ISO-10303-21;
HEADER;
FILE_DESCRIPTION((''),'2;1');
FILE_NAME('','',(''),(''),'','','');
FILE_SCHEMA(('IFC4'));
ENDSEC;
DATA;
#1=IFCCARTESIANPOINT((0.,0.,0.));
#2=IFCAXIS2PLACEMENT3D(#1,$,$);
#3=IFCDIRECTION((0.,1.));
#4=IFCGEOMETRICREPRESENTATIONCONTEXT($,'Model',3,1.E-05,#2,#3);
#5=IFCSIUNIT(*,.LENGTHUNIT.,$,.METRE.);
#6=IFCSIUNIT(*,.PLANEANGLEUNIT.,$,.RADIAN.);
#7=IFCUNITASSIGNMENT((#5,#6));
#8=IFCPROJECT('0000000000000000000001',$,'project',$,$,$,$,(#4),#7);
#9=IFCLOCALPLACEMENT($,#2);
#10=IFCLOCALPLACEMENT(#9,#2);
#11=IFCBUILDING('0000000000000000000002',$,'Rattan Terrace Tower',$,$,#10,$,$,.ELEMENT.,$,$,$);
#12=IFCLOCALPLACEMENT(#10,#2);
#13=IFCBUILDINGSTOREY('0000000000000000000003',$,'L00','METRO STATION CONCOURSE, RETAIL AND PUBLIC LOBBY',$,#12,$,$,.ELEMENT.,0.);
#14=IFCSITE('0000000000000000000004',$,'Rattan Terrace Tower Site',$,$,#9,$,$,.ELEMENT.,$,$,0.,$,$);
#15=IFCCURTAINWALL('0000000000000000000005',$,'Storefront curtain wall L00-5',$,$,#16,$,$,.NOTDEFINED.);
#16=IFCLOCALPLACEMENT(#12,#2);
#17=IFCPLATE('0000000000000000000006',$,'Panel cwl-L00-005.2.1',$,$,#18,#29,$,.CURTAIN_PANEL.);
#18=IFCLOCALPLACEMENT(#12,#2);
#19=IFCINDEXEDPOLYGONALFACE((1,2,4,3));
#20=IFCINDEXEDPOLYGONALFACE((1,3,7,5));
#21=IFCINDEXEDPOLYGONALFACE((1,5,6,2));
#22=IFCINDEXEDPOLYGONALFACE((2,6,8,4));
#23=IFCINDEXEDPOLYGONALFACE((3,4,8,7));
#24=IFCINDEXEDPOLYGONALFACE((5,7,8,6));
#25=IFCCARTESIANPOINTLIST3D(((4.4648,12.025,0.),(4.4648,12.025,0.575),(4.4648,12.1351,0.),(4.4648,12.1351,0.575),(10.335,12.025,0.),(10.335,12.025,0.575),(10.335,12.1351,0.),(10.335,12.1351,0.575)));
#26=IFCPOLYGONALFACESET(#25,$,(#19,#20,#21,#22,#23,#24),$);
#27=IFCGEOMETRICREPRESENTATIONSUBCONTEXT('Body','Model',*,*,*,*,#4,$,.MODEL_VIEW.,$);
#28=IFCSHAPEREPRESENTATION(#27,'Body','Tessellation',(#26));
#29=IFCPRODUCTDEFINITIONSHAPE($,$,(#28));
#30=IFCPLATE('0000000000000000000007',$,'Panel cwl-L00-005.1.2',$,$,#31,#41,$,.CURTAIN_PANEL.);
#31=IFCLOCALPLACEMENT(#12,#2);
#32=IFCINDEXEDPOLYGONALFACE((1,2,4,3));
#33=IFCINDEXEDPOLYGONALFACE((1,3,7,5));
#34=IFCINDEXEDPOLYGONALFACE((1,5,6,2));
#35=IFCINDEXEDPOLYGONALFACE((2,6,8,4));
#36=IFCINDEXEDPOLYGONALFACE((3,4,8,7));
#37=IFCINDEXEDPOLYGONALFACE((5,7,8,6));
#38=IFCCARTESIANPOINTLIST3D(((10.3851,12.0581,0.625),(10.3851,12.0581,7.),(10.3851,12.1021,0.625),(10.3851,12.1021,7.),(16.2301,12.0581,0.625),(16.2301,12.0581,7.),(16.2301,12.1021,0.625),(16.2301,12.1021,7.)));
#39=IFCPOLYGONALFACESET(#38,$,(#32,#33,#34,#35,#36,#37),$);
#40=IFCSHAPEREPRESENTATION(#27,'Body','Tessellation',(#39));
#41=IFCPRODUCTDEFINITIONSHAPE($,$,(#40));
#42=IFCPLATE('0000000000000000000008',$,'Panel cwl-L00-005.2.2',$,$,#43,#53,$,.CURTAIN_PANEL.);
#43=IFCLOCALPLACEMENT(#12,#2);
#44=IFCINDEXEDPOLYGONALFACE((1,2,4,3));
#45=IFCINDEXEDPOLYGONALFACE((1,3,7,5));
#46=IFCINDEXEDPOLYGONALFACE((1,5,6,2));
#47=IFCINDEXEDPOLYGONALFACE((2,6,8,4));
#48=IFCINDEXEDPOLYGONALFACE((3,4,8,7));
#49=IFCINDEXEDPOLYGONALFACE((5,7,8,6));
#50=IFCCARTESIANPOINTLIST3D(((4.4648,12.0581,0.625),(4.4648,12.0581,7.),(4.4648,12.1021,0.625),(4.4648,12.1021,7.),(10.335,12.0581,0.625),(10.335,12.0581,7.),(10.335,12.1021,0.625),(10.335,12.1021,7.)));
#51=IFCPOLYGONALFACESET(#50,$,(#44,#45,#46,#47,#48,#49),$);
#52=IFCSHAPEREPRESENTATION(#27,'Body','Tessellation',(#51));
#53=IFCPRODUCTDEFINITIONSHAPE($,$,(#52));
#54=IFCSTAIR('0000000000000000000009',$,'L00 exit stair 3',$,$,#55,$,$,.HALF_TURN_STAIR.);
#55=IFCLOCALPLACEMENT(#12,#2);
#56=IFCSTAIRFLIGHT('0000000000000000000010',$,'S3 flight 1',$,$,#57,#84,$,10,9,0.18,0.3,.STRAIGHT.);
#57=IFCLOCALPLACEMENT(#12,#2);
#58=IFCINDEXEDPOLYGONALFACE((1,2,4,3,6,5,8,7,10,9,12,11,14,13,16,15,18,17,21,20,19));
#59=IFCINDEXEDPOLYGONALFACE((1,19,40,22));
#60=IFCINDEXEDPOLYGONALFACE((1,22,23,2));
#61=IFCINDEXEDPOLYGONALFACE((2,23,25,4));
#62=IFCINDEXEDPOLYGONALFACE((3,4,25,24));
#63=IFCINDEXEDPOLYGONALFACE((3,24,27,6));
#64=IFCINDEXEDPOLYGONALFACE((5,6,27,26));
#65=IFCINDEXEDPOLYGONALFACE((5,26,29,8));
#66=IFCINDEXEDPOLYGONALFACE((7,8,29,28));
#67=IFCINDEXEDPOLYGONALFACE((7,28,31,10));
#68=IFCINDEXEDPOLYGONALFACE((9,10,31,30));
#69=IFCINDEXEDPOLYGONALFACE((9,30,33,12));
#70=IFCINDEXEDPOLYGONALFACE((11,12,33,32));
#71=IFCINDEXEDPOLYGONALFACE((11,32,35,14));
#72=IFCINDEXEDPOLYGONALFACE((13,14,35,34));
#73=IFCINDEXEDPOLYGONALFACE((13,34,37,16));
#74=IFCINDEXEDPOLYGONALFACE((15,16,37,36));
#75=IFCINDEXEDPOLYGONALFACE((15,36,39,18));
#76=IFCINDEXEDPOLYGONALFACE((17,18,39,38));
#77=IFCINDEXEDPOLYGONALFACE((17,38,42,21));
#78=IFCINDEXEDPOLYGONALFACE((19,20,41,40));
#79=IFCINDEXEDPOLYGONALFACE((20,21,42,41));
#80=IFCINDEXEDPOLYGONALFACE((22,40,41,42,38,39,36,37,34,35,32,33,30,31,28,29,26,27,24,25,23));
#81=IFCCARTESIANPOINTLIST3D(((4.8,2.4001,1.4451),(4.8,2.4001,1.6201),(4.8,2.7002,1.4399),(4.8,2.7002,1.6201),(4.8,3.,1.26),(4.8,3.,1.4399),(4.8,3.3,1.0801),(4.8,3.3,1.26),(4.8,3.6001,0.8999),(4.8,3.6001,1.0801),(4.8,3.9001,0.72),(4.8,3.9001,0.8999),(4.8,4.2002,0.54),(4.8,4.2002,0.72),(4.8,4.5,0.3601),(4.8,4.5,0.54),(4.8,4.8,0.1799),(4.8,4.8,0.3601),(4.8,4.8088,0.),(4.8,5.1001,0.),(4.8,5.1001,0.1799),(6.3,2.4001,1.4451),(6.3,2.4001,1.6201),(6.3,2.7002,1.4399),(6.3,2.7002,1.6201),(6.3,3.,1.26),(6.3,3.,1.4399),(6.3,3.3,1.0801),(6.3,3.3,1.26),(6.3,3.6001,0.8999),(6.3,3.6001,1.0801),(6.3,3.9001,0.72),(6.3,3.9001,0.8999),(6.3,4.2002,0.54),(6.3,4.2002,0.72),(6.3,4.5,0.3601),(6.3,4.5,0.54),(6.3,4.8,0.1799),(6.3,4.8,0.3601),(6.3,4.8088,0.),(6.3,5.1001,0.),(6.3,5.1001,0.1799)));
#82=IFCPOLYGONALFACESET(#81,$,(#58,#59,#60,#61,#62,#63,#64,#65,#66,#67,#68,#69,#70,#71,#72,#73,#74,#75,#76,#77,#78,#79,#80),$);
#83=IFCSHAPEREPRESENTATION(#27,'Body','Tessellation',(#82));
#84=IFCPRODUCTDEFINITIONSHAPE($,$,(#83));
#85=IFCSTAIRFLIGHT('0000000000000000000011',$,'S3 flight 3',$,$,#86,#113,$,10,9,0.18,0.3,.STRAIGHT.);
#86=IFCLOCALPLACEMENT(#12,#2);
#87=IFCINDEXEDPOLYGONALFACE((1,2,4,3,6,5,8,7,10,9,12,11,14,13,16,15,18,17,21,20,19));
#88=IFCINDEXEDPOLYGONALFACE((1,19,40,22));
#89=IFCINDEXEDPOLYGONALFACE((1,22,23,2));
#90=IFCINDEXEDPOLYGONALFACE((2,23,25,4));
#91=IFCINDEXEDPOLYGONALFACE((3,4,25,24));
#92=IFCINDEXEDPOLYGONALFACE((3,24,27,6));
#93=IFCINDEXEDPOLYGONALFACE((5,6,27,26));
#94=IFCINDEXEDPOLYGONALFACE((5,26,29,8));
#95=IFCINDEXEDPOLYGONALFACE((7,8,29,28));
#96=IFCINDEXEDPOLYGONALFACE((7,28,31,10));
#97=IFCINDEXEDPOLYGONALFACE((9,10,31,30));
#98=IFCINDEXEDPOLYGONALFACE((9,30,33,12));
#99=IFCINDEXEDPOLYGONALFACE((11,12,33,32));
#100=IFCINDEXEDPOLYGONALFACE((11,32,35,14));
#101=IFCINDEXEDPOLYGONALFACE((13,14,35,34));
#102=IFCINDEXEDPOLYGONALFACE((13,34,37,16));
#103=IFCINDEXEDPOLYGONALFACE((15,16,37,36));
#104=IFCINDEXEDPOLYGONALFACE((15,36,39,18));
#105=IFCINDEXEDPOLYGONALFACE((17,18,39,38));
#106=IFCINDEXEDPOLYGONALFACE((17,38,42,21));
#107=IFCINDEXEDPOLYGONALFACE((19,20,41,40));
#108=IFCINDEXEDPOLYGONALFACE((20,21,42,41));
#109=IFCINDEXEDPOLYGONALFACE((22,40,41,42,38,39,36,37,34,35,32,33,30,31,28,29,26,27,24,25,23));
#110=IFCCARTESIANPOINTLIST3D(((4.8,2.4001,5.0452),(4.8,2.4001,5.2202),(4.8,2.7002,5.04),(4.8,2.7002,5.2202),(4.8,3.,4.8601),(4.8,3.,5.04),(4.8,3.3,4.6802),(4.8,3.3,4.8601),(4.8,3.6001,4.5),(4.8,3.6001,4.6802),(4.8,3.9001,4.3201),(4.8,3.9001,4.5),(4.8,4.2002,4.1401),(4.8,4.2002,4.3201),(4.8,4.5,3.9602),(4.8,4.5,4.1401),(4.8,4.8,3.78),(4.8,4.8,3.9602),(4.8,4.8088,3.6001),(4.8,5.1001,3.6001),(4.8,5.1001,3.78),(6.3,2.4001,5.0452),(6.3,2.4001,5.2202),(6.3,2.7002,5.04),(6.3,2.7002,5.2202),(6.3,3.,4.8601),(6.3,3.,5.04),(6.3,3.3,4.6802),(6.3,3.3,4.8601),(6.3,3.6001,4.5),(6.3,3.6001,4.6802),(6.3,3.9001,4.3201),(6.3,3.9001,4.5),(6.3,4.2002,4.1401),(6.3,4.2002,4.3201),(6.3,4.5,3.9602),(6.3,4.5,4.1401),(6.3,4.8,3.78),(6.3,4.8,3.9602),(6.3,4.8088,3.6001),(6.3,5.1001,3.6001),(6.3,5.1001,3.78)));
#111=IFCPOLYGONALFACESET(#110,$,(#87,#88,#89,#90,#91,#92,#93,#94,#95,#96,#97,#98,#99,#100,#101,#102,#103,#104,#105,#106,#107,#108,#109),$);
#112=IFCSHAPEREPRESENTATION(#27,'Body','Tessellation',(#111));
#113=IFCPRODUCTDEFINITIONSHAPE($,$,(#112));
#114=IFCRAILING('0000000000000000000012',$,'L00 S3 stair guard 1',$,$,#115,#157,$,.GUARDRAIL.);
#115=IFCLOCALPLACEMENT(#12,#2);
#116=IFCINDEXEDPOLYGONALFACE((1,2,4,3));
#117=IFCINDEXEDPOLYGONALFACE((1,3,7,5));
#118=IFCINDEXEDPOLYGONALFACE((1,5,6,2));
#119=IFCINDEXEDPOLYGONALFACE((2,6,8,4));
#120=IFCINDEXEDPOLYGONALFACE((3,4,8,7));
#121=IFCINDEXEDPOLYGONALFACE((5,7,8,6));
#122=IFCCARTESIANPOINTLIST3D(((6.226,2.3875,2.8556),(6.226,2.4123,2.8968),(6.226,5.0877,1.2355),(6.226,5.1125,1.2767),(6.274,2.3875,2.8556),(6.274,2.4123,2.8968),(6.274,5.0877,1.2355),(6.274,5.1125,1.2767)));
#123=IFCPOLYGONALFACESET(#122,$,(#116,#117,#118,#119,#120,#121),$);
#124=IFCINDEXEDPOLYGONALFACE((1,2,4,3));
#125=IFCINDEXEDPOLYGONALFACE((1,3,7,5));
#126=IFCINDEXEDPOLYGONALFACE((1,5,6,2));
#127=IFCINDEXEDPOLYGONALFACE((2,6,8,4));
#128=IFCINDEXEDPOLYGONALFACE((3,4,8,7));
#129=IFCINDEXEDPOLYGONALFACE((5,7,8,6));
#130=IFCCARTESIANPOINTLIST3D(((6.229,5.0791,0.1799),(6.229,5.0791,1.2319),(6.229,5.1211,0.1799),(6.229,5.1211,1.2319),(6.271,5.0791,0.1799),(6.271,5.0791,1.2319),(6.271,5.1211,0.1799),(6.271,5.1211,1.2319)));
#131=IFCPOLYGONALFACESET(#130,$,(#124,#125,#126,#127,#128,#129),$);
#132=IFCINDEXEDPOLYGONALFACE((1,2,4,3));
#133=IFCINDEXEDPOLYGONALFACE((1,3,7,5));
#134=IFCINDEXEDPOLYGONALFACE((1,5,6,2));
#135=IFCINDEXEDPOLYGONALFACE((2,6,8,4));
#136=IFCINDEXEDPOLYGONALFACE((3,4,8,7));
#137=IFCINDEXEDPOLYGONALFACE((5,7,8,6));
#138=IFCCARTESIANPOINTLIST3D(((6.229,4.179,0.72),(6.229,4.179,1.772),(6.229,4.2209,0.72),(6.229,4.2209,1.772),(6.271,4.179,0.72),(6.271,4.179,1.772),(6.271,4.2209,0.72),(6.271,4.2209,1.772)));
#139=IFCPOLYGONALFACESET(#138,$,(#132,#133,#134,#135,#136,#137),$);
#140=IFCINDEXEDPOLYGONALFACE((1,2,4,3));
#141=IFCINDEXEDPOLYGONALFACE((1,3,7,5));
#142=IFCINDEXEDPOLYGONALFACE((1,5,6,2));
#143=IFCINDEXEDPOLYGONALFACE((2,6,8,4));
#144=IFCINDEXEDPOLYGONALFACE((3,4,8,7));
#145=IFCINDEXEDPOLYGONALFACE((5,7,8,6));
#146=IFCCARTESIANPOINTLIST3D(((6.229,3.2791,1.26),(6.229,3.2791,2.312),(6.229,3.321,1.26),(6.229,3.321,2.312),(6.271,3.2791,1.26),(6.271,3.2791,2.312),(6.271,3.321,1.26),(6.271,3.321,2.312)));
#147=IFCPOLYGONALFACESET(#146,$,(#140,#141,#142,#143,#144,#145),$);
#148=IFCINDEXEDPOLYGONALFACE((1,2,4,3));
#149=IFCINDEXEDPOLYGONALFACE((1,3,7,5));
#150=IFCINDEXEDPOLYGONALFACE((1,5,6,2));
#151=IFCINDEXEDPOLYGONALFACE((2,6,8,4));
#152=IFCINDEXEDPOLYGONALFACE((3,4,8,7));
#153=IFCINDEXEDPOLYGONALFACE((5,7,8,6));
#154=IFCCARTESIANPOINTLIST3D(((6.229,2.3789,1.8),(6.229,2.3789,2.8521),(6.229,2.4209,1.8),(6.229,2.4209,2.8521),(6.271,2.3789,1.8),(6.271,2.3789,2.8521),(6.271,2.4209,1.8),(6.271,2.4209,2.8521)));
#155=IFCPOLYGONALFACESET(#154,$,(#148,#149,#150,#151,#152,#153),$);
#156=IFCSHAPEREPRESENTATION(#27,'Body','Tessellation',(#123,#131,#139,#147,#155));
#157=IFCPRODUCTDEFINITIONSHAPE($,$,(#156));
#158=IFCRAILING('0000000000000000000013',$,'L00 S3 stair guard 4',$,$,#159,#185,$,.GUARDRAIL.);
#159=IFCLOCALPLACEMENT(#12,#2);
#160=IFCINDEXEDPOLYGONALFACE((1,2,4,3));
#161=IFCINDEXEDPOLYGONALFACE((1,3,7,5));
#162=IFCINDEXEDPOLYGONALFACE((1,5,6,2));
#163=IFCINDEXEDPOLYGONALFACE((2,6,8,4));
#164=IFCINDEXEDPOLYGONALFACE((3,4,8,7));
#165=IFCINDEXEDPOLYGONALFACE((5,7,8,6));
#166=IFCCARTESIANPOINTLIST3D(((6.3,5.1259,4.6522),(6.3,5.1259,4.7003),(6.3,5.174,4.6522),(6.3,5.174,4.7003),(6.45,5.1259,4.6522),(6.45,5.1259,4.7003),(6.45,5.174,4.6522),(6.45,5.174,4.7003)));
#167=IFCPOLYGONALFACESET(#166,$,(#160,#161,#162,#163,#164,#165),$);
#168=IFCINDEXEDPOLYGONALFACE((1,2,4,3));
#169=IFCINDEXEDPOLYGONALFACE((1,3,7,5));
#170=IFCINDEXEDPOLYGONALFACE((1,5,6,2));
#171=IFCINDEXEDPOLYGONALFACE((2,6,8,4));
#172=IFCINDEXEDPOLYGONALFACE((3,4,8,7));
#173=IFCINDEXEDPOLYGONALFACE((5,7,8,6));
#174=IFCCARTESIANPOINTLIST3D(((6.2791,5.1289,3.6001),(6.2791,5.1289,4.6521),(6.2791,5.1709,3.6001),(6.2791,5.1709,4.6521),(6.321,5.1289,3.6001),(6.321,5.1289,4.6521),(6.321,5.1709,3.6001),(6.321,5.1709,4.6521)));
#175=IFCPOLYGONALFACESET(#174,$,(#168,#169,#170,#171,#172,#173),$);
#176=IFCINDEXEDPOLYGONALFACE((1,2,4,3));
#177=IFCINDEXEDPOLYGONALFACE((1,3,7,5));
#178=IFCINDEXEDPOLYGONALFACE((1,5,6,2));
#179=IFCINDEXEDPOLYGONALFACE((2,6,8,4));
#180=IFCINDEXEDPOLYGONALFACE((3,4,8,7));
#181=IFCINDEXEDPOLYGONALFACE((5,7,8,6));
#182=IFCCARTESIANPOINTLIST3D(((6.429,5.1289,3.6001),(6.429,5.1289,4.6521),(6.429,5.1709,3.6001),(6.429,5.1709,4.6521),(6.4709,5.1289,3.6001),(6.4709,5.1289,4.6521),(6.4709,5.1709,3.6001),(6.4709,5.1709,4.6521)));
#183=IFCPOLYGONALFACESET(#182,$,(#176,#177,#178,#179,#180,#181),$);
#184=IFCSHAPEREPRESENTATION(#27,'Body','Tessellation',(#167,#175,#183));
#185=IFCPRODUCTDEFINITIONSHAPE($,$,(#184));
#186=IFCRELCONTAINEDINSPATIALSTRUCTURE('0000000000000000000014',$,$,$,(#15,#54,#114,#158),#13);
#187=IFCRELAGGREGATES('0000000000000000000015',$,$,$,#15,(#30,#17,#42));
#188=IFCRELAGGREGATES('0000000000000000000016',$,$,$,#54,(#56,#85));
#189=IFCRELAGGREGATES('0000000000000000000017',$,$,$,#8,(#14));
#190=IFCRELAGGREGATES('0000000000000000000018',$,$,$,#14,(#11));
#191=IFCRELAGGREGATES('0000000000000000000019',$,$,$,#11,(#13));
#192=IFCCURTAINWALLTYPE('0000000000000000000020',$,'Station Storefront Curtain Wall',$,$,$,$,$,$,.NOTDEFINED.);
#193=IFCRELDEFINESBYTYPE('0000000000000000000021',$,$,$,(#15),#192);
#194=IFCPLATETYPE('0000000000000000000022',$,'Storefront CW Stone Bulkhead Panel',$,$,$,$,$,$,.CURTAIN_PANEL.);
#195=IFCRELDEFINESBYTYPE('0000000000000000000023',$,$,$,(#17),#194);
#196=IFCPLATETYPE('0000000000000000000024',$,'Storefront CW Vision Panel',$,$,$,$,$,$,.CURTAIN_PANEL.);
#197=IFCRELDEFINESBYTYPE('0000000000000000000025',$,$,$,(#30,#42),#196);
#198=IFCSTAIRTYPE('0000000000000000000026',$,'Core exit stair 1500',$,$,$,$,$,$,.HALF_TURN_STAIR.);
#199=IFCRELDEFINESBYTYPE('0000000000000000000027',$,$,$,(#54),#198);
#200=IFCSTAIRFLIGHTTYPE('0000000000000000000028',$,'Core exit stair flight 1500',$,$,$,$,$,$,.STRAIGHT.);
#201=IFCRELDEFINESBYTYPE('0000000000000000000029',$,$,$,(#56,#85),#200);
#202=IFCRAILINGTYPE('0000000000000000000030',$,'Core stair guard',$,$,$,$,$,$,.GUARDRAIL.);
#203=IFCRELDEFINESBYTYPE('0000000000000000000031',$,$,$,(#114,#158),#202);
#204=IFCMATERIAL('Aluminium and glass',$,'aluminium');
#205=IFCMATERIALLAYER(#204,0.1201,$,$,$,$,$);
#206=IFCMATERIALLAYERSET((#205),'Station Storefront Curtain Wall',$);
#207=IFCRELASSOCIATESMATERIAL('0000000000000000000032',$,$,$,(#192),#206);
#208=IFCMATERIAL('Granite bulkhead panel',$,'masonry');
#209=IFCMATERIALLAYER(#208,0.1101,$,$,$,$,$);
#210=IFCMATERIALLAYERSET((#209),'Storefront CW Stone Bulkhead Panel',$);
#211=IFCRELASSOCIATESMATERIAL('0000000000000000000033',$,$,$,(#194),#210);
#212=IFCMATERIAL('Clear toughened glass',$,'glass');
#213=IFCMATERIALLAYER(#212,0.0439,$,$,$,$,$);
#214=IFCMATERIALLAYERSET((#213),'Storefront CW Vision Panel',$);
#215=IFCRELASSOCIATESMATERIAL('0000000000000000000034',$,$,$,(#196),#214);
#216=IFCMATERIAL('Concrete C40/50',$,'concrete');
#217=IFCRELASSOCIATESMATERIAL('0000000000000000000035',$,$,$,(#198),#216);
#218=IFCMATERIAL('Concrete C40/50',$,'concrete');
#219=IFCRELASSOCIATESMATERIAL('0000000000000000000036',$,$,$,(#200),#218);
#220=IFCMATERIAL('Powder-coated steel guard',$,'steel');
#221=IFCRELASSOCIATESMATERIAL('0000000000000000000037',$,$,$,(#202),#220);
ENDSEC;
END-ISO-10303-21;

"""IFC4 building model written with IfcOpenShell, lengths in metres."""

from ifc_helpers import new_model, si_unit, direction, frame, origin, origin_2d, place, context, subcontext, project, spatial, polyline, rectangle, outline, extrude, material, layer, layer_set, type_object, element, aggregate, save


model = new_model("IFC4")

# Units and contexts
model_context = context("Model", 3, precision=1e-05, world=origin(), true_north=direction((0.0, 1.0)))
body_context = subcontext(model_context, "Body", "Model", "MODEL_VIEW")
ifc_project = project(units=[si_unit("LENGTHUNIT", "METRE"), si_unit("PLANEANGLEUNIT", "RADIAN")], contexts=[model_context])

# Site, building, storey
site_placement = place(None, origin())
site = spatial("IfcSite", under=ifc_project, at=site_placement, Name="Rattan Terrace Tower Site", CompositionType="ELEMENT", RefElevation=0.0)
building_placement = place(site_placement, origin())
building = spatial("IfcBuilding", under=site, at=building_placement, Name="Rattan Terrace Tower", CompositionType="ELEMENT")
storey_placement = place(building_placement, origin())
storey = spatial("IfcBuildingStorey", under=building, at=storey_placement, Name="L00", Description="METRO STATION CONCOURSE, RETAIL AND PUBLIC LOBBY", CompositionType="ELEMENT", Elevation=0.0)

# Curtain wall, plates
ifc_material_1 = material(Name="Aluminium and glass", Category="aluminium")
ifc_layer_1 = layer(ifc_material_1, 0.1201)
ifc_layer_set_1 = layer_set([ifc_layer_1], Name="Station Storefront Curtain Wall")
curtain_wall_type = type_object("IfcCurtainWallType", Name="Station Storefront Curtain Wall", PredefinedType="NOTDEFINED", material=ifc_layer_set_1)
curtain_wall_placement = place(storey_placement, origin())
curtain_wall = element("IfcCurtainWall", 1, at=curtain_wall_placement, inside=storey, type_object=curtain_wall_type, Name="Storefront curtain wall L00-5", PredefinedType="NOTDEFINED")
ifc_material_2 = material(Name="Granite bulkhead panel", Category="masonry")
ifc_layer_2 = layer(ifc_material_2, 0.1101)
ifc_layer_set_2 = layer_set([ifc_layer_2], Name="Storefront CW Stone Bulkhead Panel")
plate_type_1 = type_object("IfcPlateType", Name="Storefront CW Stone Bulkhead Panel", PredefinedType="CURTAIN_PANEL", material=ifc_layer_set_2)
plate_1_placement = place(storey_placement, frame((7.3999, 12.0801, 0.0), z_axis=(0.0, 0.0, 1.0), x_axis=(-1.0, 0.0, 0.0)))
plate_1 = element("IfcPlate", 2, at=plate_1_placement, type_object=plate_type_1, Name="Panel cwl-L00-005.2.1", PredefinedType="CURTAIN_PANEL", context=body_context, shape_type="SweptSolid", body=[
    extrude(rectangle(XDim=5.8701, YDim=0.1101, at=origin_2d()), origin(), (0.0, 0.0, 1.0), 0.575),
])
ifc_material_3 = material(Name="Clear toughened glass", Category="glass")
ifc_layer_3 = layer(ifc_material_3, 0.0439)
ifc_layer_set_3 = layer_set([ifc_layer_3], Name="Storefront CW Vision Panel")
plate_type_2 = type_object("IfcPlateType", Name="Storefront CW Vision Panel", PredefinedType="CURTAIN_PANEL", material=ifc_layer_set_3)
plate_2_placement = place(storey_placement, frame((13.3076, 12.0801, 0.625), z_axis=(0.0, 0.0, 1.0), x_axis=(-1.0, 0.0, 0.0)))
plate_2 = element("IfcPlate", 3, at=plate_2_placement, type_object=plate_type_2, Name="Panel cwl-L00-005.1.2", PredefinedType="CURTAIN_PANEL", context=body_context, shape_type="SweptSolid", body=[
    extrude(rectangle(XDim=5.845, YDim=0.0439, at=origin_2d()), origin(), (0.0, 0.0, 1.0), 6.375),
])
plate_3_placement = place(storey_placement, frame((7.3999, 12.0801, 0.625), z_axis=(0.0, 0.0, 1.0), x_axis=(-1.0, 0.0, 0.0)))
plate_3 = element("IfcPlate", 4, at=plate_3_placement, type_object=plate_type_2, Name="Panel cwl-L00-005.2.2", PredefinedType="CURTAIN_PANEL", context=body_context, shape_type="SweptSolid", body=[
    extrude(rectangle(XDim=5.8701, YDim=0.0439, at=origin_2d()), origin(), (0.0, 0.0, 1.0), 6.375),
])
aggregate(curtain_wall, [plate_2, plate_1, plate_3])

# Stair, stair flights
ifc_material_4 = material(Name="Concrete C40/50", Category="concrete")
stair_type = type_object("IfcStairType", Name="Core exit stair 1500", PredefinedType="HALF_TURN_STAIR", material=ifc_material_4)
stair_placement = place(storey_placement, origin())
stair = element("IfcStair", 5, at=stair_placement, inside=storey, type_object=stair_type, Name="L00 exit stair 3", PredefinedType="HALF_TURN_STAIR")
ifc_material_5 = material(Name="Concrete C40/50", Category="concrete")
stair_flight_type = type_object("IfcStairFlightType", Name="Core exit stair flight 1500", PredefinedType="STRAIGHT", material=ifc_material_5)
stair_flight_1_placement = place(storey_placement, frame((5.55, 5.1001, 0.0), z_axis=(0.0, 0.0, 1.0), x_axis=(0.0, -1.0, 0.0)))
stair_flight_1 = element("IfcStairFlight", 6, at=stair_flight_1_placement, type_object=stair_flight_type, Name="S3 flight 1", NumberOfRisers=10, NumberOfTreads=9, PredefinedType="STRAIGHT", RiserHeight=0.18, TreadLength=0.3, context=body_context, shape_type="SweptSolid", body=[
    extrude(outline(polyline([(0.0, 0.0), (0.0, 0.1799), (0.3, 0.1799), (0.3, 0.3601), (0.6001, 0.3601), (0.6001, 0.54), (0.8999, 0.54), (0.8999, 0.72), (1.2, 0.72), (1.2, 0.8999), (1.5, 0.8999), (1.5, 1.0801), (1.8, 1.0801), (1.8, 1.26), (2.1001, 1.26), (2.1001, 1.4399), (2.3999, 1.4399), (2.3999, 1.6201), (2.7, 1.6201), (2.7, 1.8), (2.7, 1.4451), (0.2913, 0.0), (0.0, 0.0)])), frame((0.0, 0.75, 0.0), z_axis=(0.0, -1.0, 0.0), x_axis=(1.0, 0.0, 0.0)), (0.0, 0.0, 1.0), 1.5),
])
stair_flight_2_placement = place(storey_placement, frame((5.55, 5.1001, 3.6001), z_axis=(0.0, 0.0, 1.0), x_axis=(0.0, -1.0, 0.0)))
stair_flight_2 = element("IfcStairFlight", 7, at=stair_flight_2_placement, type_object=stair_flight_type, Name="S3 flight 3", NumberOfRisers=10, NumberOfTreads=9, PredefinedType="STRAIGHT", RiserHeight=0.18, TreadLength=0.3, context=body_context, shape_type="SweptSolid", body=[
    extrude(outline(polyline([(0.0, 0.0), (0.0, 0.1799), (0.3, 0.1799), (0.3, 0.3601), (0.6001, 0.3601), (0.6001, 0.54), (0.8999, 0.54), (0.8999, 0.72), (1.2, 0.72), (1.2, 0.8999), (1.5, 0.8999), (1.5, 1.0801), (1.8, 1.0801), (1.8, 1.26), (2.1001, 1.26), (2.1001, 1.4399), (2.3999, 1.4399), (2.3999, 1.6201), (2.7, 1.6201), (2.7, 1.8), (2.7, 1.4451), (0.2913, 0.0), (0.0, 0.0)])), frame((0.0, 0.75, 0.0), z_axis=(0.0, -1.0, 0.0), x_axis=(1.0, 0.0, 0.0)), (0.0, 0.0, 1.0), 1.5),
])
aggregate(stair, [stair_flight_1, stair_flight_2])

# Railings
ifc_material_6 = material(Name="Powder-coated steel guard", Category="steel")
railing_type_1 = type_object("IfcRailingType", Name="Core stair guard", PredefinedType="GUARDRAIL", material=ifc_material_6)
railing_1_placement = place(storey_placement, frame((6.25, 5.1001, 0.1799)))
element("IfcRailing", 8, at=railing_1_placement, inside=storey, type_object=railing_type_1, Name="L00 S3 stair guard 1", PredefinedType="GUARDRAIL", context=body_context, shape_type="SweptSolid", body=[
    extrude(rectangle(XDim=0.0481, YDim=0.0481, at=origin_2d()), frame((0.0, 0.0, 1.0762), z_axis=(0.0, -0.857493, 0.514496), x_axis=(1.0, 0.0, 0.0)), (0.0, 0.0, 1.0), 3.1489),
    extrude(rectangle(XDim=0.042, YDim=0.042, at=origin_2d()), origin(), (0.0, 0.0, 1.0), 1.052),
    extrude(rectangle(XDim=0.042, YDim=0.042, at=origin_2d()), frame((0.0, -0.9001, 0.54)), (0.0, 0.0, 1.0), 1.052),
    extrude(rectangle(XDim=0.042, YDim=0.042, at=origin_2d()), frame((0.0, -1.8, 1.0801)), (0.0, 0.0, 1.0), 1.052),
    extrude(rectangle(XDim=0.042, YDim=0.042, at=origin_2d()), frame((0.0, -2.7002, 1.6201)), (0.0, 0.0, 1.0), 1.052),
])
railing_2_placement = place(storey_placement, frame((6.3, 5.1499, 3.6001)))
element("IfcRailing", 9, at=railing_2_placement, inside=storey, type_object=railing_type_1, Name="L00 S3 stair guard 4", PredefinedType="GUARDRAIL", context=body_context, shape_type="SweptSolid", body=[
    extrude(rectangle(XDim=0.0481, YDim=0.0481, at=origin_2d()), frame((0.0, 0.0, 1.0762), z_axis=(1.0, 0.0, 0.0), x_axis=(0.0, 1.0, 0.0)), (0.0, 0.0, 1.0), 0.1499),
    extrude(rectangle(XDim=0.042, YDim=0.042, at=origin_2d()), origin(), (0.0, 0.0, 1.0), 1.052),
    extrude(rectangle(XDim=0.042, YDim=0.042, at=origin_2d()), frame((0.1499, 0.0, 0.0)), (0.0, 0.0, 1.0), 1.052),
])

save(model, "model.ifc")
